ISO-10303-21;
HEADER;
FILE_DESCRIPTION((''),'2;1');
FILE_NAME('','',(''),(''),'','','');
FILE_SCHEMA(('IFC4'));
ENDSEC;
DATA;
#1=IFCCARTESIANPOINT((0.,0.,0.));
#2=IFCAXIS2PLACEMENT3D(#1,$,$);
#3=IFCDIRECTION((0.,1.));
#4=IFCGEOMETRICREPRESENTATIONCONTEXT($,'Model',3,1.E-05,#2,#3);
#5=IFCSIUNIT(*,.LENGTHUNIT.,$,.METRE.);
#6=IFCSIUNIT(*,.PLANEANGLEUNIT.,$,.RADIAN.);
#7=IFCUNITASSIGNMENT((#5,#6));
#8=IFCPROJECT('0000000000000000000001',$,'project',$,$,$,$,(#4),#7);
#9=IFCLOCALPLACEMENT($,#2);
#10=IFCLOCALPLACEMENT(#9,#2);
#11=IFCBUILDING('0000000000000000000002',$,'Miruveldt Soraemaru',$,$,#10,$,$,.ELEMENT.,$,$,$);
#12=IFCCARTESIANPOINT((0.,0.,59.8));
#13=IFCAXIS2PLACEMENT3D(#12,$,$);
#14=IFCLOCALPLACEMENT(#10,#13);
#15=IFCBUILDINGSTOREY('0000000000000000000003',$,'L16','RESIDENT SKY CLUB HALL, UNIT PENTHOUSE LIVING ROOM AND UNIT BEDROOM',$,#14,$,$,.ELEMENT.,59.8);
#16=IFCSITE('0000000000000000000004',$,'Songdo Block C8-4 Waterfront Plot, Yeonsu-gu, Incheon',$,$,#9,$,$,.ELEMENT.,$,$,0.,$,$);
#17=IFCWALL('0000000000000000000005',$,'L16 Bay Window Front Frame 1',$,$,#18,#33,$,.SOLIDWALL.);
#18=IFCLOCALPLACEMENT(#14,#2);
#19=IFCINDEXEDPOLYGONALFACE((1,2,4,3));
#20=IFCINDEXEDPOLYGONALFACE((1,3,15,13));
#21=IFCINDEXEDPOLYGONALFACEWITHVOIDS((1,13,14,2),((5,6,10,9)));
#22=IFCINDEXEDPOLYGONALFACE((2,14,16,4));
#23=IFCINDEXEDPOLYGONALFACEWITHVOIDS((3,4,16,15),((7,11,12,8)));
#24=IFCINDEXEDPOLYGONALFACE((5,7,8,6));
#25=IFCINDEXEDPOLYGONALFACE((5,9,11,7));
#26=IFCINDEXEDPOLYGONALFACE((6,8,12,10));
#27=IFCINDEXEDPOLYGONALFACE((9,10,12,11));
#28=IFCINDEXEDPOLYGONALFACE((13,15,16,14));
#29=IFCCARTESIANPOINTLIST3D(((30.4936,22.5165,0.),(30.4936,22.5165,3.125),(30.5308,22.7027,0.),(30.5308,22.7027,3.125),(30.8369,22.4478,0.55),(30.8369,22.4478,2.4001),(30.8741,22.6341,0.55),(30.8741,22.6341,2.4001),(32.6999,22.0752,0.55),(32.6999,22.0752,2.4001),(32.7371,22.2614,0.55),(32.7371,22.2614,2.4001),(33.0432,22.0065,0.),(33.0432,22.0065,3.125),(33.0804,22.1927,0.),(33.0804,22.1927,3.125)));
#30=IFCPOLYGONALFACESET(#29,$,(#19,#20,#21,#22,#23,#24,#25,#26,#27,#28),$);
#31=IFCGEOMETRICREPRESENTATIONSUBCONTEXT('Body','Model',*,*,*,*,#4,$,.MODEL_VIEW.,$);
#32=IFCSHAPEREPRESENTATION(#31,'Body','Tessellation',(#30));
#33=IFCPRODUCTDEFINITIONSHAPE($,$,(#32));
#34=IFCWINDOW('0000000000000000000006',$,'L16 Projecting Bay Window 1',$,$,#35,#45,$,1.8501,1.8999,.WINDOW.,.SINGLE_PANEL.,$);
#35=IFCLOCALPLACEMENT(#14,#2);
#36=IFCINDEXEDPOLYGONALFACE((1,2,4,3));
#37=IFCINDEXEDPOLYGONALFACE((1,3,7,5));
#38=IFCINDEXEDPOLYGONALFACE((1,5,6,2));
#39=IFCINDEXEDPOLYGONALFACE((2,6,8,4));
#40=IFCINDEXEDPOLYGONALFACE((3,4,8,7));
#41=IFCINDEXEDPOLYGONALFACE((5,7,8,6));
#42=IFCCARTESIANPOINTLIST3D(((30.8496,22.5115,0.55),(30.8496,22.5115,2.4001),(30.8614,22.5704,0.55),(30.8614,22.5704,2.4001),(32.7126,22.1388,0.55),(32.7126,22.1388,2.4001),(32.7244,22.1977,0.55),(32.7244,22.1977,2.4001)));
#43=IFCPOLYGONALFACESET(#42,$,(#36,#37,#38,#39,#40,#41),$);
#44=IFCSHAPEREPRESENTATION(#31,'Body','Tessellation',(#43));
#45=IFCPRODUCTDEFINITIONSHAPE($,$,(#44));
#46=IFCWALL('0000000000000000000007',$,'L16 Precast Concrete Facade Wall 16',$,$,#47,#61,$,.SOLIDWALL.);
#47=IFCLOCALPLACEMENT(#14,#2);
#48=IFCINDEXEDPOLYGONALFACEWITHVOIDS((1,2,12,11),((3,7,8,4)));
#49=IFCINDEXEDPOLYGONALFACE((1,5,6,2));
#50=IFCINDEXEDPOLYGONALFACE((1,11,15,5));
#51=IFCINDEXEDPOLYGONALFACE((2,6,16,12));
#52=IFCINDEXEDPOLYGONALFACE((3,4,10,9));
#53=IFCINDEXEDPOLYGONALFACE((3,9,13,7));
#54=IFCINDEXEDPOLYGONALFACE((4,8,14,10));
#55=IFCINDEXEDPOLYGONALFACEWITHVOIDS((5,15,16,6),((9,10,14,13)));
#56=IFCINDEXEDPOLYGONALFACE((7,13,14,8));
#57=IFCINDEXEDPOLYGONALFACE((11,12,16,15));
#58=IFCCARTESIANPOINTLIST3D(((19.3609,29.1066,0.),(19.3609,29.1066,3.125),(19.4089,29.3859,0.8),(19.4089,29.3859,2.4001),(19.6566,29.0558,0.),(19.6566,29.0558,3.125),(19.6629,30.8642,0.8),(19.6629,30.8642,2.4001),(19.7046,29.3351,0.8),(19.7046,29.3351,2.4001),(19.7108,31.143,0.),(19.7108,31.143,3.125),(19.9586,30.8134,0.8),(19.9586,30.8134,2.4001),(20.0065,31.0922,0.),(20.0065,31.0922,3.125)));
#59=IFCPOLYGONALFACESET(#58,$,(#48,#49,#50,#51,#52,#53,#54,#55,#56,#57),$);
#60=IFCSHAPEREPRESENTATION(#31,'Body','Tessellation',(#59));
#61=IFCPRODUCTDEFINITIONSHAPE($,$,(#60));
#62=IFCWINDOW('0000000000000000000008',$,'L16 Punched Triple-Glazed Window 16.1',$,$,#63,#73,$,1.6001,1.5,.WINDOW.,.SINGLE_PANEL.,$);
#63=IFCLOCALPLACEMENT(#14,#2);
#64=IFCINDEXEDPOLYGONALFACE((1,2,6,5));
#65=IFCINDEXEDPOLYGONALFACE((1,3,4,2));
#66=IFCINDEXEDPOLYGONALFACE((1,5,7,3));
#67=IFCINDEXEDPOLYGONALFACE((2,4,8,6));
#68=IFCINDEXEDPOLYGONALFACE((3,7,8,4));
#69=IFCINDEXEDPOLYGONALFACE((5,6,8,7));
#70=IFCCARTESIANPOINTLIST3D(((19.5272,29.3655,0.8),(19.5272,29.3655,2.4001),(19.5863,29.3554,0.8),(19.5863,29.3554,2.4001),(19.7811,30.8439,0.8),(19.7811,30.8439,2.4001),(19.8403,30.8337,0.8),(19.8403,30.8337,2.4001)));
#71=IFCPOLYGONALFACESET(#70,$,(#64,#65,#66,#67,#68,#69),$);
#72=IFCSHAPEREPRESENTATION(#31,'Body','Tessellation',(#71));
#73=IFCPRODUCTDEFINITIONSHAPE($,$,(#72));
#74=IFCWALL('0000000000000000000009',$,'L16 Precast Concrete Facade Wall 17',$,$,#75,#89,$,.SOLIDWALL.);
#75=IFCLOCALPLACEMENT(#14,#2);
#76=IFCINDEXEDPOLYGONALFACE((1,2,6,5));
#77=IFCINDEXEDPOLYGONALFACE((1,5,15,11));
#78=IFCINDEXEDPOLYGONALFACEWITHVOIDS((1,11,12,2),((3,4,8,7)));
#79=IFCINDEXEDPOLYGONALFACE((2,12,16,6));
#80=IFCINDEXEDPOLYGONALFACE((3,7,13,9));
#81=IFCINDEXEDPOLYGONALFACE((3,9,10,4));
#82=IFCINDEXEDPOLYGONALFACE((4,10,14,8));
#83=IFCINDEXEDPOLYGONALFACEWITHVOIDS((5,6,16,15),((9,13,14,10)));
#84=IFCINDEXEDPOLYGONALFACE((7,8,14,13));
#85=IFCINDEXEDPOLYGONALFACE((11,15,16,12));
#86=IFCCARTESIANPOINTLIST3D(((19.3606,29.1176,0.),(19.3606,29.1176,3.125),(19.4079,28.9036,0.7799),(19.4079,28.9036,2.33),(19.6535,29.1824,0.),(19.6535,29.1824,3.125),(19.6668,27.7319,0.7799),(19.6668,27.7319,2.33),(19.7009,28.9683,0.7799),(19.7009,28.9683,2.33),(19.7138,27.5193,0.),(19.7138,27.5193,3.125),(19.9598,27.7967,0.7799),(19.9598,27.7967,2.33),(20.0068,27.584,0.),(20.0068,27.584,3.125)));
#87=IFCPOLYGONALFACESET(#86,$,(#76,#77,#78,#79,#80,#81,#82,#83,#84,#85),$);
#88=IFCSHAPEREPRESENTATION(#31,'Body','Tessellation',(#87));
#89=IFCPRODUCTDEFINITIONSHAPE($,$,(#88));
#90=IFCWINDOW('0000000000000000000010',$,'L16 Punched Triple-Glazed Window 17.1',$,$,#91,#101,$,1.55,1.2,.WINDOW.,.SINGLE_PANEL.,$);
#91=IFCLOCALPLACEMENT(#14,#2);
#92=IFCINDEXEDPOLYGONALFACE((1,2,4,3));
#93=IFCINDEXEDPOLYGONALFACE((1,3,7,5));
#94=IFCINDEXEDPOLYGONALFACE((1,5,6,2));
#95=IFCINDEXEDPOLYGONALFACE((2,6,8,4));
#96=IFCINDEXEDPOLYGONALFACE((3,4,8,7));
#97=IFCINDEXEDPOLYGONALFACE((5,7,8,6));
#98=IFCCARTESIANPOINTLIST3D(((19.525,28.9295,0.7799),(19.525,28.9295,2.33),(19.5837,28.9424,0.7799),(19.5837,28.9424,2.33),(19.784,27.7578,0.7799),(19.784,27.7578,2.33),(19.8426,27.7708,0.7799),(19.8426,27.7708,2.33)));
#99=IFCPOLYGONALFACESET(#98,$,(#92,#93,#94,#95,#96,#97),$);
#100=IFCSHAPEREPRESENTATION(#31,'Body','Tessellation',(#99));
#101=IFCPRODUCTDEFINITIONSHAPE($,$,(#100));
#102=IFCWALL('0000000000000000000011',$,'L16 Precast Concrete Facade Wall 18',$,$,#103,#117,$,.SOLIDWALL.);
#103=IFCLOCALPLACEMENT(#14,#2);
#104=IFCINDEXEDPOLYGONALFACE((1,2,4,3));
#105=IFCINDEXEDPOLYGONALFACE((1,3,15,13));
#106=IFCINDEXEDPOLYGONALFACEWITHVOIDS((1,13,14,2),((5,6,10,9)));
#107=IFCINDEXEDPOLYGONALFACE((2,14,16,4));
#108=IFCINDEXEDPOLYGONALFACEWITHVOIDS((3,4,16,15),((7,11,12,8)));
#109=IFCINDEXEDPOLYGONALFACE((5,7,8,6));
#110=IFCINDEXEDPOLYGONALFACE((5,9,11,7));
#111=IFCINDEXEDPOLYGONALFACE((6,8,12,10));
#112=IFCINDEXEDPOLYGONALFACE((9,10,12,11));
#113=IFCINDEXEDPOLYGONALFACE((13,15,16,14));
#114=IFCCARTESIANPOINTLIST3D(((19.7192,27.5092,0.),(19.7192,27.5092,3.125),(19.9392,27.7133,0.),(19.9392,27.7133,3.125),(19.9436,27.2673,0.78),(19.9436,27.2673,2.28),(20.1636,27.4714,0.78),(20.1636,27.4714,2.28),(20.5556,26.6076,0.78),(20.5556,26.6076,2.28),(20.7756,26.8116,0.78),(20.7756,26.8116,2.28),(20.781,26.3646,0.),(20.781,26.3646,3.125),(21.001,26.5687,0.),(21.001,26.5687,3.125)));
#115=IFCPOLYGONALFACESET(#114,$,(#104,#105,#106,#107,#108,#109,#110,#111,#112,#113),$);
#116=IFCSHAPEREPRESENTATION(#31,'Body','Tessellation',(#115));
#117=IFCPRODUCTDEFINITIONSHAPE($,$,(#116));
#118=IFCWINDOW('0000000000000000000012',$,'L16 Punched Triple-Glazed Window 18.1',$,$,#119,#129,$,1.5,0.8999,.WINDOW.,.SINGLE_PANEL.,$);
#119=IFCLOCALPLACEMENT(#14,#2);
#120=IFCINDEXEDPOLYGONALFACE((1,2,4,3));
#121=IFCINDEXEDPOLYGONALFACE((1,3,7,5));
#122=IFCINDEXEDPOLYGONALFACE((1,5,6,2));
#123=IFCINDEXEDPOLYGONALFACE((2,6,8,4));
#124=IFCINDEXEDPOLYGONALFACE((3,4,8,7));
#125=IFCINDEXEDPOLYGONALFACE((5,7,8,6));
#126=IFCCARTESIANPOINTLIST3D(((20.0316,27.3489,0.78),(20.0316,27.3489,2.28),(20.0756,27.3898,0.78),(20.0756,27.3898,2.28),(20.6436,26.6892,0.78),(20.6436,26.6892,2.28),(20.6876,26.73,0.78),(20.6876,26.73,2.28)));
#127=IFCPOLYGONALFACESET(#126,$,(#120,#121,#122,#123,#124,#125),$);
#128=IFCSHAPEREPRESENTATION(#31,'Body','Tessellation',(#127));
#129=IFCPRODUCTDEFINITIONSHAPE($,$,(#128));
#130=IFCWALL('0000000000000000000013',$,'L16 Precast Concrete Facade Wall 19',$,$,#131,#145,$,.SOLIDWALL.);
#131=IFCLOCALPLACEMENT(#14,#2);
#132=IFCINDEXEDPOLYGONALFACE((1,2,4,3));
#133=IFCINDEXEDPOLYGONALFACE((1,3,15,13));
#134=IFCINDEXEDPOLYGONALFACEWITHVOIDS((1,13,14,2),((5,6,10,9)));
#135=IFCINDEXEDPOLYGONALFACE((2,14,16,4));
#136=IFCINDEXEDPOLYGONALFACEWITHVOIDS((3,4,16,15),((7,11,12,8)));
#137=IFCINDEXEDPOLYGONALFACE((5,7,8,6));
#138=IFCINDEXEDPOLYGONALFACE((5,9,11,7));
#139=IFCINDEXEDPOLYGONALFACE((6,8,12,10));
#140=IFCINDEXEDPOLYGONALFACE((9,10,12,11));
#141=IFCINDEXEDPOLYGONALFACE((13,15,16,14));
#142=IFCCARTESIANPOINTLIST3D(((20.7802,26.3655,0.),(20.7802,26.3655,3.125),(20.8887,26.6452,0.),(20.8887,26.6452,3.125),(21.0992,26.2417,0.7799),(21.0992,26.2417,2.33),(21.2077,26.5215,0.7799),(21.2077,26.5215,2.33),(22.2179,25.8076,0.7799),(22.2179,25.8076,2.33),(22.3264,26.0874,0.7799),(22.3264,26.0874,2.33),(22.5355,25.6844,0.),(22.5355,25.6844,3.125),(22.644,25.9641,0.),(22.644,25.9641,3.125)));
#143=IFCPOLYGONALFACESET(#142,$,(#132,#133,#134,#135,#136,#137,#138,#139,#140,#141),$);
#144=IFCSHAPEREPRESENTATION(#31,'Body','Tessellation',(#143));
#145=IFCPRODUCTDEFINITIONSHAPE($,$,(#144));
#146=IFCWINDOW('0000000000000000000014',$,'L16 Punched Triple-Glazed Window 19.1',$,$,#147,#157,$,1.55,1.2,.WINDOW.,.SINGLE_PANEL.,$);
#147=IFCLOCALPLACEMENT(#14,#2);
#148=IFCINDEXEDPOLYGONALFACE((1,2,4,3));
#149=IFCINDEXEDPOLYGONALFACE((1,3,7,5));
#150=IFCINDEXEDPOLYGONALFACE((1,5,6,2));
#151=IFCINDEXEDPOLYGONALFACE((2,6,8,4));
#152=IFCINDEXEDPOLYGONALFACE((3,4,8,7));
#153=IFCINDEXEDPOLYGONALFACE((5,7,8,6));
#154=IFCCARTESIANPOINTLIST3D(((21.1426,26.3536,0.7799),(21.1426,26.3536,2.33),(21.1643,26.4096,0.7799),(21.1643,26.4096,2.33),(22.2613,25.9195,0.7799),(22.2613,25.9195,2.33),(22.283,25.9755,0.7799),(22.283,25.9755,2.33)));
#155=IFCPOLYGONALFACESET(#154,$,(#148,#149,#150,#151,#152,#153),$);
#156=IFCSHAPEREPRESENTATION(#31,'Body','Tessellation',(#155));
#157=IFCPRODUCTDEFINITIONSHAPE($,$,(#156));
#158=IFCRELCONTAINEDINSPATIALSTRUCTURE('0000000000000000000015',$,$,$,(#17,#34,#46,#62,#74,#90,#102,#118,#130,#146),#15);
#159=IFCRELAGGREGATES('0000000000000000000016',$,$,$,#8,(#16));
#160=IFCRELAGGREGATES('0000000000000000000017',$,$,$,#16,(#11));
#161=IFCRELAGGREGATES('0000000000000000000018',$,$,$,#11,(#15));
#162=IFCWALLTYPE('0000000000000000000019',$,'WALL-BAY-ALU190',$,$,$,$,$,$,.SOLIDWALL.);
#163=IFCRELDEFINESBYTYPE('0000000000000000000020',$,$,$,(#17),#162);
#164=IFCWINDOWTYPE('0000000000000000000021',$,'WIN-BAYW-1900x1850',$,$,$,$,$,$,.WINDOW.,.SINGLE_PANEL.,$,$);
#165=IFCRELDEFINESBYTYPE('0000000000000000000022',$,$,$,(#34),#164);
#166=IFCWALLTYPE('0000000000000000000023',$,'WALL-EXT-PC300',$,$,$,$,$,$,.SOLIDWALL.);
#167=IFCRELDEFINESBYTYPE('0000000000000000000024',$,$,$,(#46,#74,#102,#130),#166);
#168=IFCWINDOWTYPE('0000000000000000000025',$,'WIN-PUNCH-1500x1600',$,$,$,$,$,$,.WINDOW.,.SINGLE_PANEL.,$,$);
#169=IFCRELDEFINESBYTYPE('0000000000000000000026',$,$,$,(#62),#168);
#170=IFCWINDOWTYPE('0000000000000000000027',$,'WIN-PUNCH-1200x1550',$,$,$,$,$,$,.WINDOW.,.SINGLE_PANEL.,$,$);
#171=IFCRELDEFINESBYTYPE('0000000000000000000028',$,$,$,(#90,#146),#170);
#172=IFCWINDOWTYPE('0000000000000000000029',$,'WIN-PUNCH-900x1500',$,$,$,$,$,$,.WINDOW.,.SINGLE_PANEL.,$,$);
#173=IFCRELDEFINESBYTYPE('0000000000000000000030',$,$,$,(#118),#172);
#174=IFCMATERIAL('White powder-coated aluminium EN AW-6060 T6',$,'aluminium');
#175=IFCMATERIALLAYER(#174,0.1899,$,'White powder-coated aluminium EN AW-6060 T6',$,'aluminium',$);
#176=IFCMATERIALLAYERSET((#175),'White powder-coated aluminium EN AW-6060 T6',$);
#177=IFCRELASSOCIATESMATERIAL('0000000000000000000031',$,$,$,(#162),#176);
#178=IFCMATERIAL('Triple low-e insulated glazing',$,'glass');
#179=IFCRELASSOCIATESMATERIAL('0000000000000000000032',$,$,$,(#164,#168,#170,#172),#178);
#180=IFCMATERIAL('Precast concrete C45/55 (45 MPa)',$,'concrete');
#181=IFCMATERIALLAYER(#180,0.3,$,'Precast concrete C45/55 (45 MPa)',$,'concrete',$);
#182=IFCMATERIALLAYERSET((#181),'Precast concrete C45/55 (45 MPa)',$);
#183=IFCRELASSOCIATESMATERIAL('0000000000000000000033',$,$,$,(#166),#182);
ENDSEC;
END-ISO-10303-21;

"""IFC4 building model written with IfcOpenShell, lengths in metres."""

from ifc_helpers import new_model, si_unit, direction, frame, frame_2d, origin, place, context, subcontext, project, spatial, rectangle, extrude, material, layer, layer_set, type_object, element, fill, save


model = new_model("IFC4")

# Units and contexts
model_context = context("Model", 3, precision=1e-05, world=origin(), true_north=direction((0.0, 1.0)))
body_context = subcontext(model_context, "Body", "Model", "MODEL_VIEW")
ifc_project = project(units=[si_unit("LENGTHUNIT", "METRE"), si_unit("PLANEANGLEUNIT", "RADIAN")], contexts=[model_context])

# Site, building, storey
site_placement = place(None, origin())
site = spatial("IfcSite", under=ifc_project, at=site_placement, Name="Songdo Block C8-4 Waterfront Plot, Yeonsu-gu, Incheon", CompositionType="ELEMENT", RefElevation=0.0)
building_placement = place(site_placement, origin())
building = spatial("IfcBuilding", under=site, at=building_placement, Name="Miruveldt Soraemaru", CompositionType="ELEMENT")
storey_placement = place(building_placement, frame((0.0, 0.0, 59.8)))
storey = spatial("IfcBuildingStorey", under=building, at=storey_placement, Name="L16", Description="RESIDENT SKY CLUB HALL, UNIT PENTHOUSE LIVING ROOM AND UNIT BEDROOM", CompositionType="ELEMENT", Elevation=59.8)

# Shared definitions
ifc_material_1 = material(Name="White powder-coated aluminium EN AW-6060 T6", Category="aluminium")
ifc_layer_1 = layer(ifc_material_1, 0.1899, Name="White powder-coated aluminium EN AW-6060 T6", Category="aluminium")
ifc_layer_set_1 = layer_set([ifc_layer_1], Name="White powder-coated aluminium EN AW-6060 T6")
wall_type_1 = type_object("IfcWallType", Name="WALL-BAY-ALU190", PredefinedType="SOLIDWALL", material=ifc_layer_set_1)

# Walls, openings, windows
wall_1_placement = place(storey_placement, frame((30.5122, 22.6096, 0.0), z_axis=(0.0, 0.0, 1.0), x_axis=(0.980573, -0.196152, 0.0)))
wall_1 = element("IfcWall", 1, at=wall_1_placement, inside=storey, type_object=wall_type_1, Name="L16 Bay Window Front Frame 1", PredefinedType="SOLIDWALL", context=body_context, shape_type="SweptSolid", body=[
    extrude(rectangle(XDim=2.6001, YDim=0.1899, at=frame_2d((1.3, 0.0))), origin(), (0.0, 0.0, 1.0), 3.125),
])
opening_1_placement = place(wall_1_placement, frame((0.3501, 0.0, 0.55)))
opening_1 = element("IfcOpeningElement", 2, at=opening_1_placement, cuts=wall_1, PredefinedType="OPENING", context=body_context, shape_type="SweptSolid", body=[
    extrude(rectangle(XDim=1.8999, YDim=1.8501, at=frame_2d((0.95, 0.925))), frame((0.0, 0.105, 0.0), z_axis=(0.0, -1.0, 0.0), x_axis=(1.0, 0.0, 0.0)), (0.0, 0.0, 1.0), 0.21),
])
ifc_material_2 = material(Name="Triple low-e insulated glazing", Category="glass")
window_type_1 = type_object("IfcWindowType", Name="WIN-BAYW-1900x1850", PartitioningType="SINGLE_PANEL", PredefinedType="WINDOW", material=ifc_material_2)
window_1_placement = place(opening_1_placement, origin())
window_1 = element("IfcWindow", 3, at=window_1_placement, inside=storey, type_object=window_type_1, Name="L16 Projecting Bay Window 1", OverallHeight=1.8501, OverallWidth=1.8999, PartitioningType="SINGLE_PANEL", PredefinedType="WINDOW", context=body_context, shape_type="SweptSolid", body=[
    extrude(rectangle(XDim=1.8999, YDim=1.8501, at=frame_2d((0.95, 0.925))), frame((0.0, 0.03, 0.0), z_axis=(0.0, -1.0, 0.0), x_axis=(1.0, 0.0, 0.0)), (0.0, 0.0, 1.0), 0.0601),
])
fill(opening_1, window_1)
ifc_material_3 = material(Name="Precast concrete C45/55 (45 MPa)", Category="concrete")
ifc_layer_2 = layer(ifc_material_3, 0.3, Name="Precast concrete C45/55 (45 MPa)", Category="concrete")
ifc_layer_set_2 = layer_set([ifc_layer_2], Name="Precast concrete C45/55 (45 MPa)")
wall_type_2 = type_object("IfcWallType", Name="WALL-EXT-PC300", PredefinedType="SOLIDWALL", material=ifc_layer_set_2)
wall_2_placement = place(storey_placement, frame((19.8586, 31.1177, 0.0), z_axis=(0.0, 0.0, 1.0), x_axis=(-0.169321, -0.985561, 0.0)))
wall_2 = element("IfcWall", 4, at=wall_2_placement, inside=storey, type_object=wall_type_2, Name="L16 Precast Concrete Facade Wall 16", PredefinedType="SOLIDWALL", context=body_context, shape_type="SweptSolid", body=[
    extrude(rectangle(XDim=2.0662, YDim=0.3, at=frame_2d((1.0332, 0.0))), origin(), (0.0, 0.0, 1.0), 3.125),
])
opening_2_placement = place(wall_2_placement, frame((0.283, 0.0, 0.8)))
opening_2 = element("IfcOpeningElement", 5, at=opening_2_placement, cuts=wall_2, PredefinedType="OPENING", context=body_context, shape_type="SweptSolid", body=[
    extrude(rectangle(XDim=1.5, YDim=1.6001, at=frame_2d((0.75, 0.8))), frame((0.0, 0.1602, 0.0), z_axis=(0.0, -1.0, 0.0), x_axis=(1.0, 0.0, 0.0)), (0.0, 0.0, 1.0), 0.3201),
])
window_type_2 = type_object("IfcWindowType", Name="WIN-PUNCH-1500x1600", PartitioningType="SINGLE_PANEL", PredefinedType="WINDOW", material=ifc_material_2)
window_2_placement = place(opening_2_placement, origin())
window_2 = element("IfcWindow", 6, at=window_2_placement, inside=storey, type_object=window_type_2, Name="L16 Punched Triple-Glazed Window 16.1", OverallHeight=1.6001, OverallWidth=1.5, PartitioningType="SINGLE_PANEL", PredefinedType="WINDOW", context=body_context, shape_type="SweptSolid", body=[
    extrude(rectangle(XDim=1.5, YDim=1.6001, at=frame_2d((0.75, 0.8))), frame((0.0, 0.03, 0.0), z_axis=(0.0, -1.0, 0.0), x_axis=(1.0, 0.0, 0.0)), (0.0, 0.0, 1.0), 0.0601),
])
fill(opening_2, window_2)
wall_3_placement = place(storey_placement, frame((19.5071, 29.1499, 0.0), z_axis=(0.0, 0.0, 1.0), x_axis=(0.215809, -0.976436, 0.0)))
wall_3 = element("IfcWall", 7, at=wall_3_placement, inside=storey, type_object=wall_type_2, Name="L16 Precast Concrete Facade Wall 17", PredefinedType="SOLIDWALL", context=body_context, shape_type="SweptSolid", body=[
    extrude(rectangle(XDim=1.637, YDim=0.3, at=frame_2d((0.8184, 0.0))), origin(), (0.0, 0.0, 1.0), 3.125),
])
opening_3_placement = place(wall_3_placement, frame((0.219, 0.0, 0.78)))
opening_3 = element("IfcOpeningElement", 8, at=opening_3_placement, cuts=wall_3, PredefinedType="OPENING", context=body_context, shape_type="SweptSolid", body=[
    extrude(rectangle(XDim=1.2, YDim=1.55, at=frame_2d((0.6001, 0.7749))), frame((0.0, 0.1602, 0.0), z_axis=(0.0, -1.0, 0.0), x_axis=(1.0, 0.0, 0.0)), (0.0, 0.0, 1.0), 0.3201),
])
window_type_3 = type_object("IfcWindowType", Name="WIN-PUNCH-1200x1550", PartitioningType="SINGLE_PANEL", PredefinedType="WINDOW", material=ifc_material_2)
window_3_placement = place(opening_3_placement, origin())
window_3 = element("IfcWindow", 9, at=window_3_placement, inside=storey, type_object=window_type_3, Name="L16 Punched Triple-Glazed Window 17.1", OverallHeight=1.55, OverallWidth=1.2, PartitioningType="SINGLE_PANEL", PredefinedType="WINDOW", context=body_context, shape_type="SweptSolid", body=[
    extrude(rectangle(XDim=1.2, YDim=1.55, at=frame_2d((0.6001, 0.7749))), frame((0.0, 0.03, 0.0), z_axis=(0.0, -1.0, 0.0), x_axis=(1.0, 0.0, 0.0)), (0.0, 0.0, 1.0), 0.0601),
])
fill(opening_3, window_3)
wall_4_placement = place(storey_placement, frame((19.8291, 27.6113, 0.0), z_axis=(0.0, 0.0, 1.0), x_axis=(0.680103, -0.733116, 0.0)))
wall_4 = element("IfcWall", 10, at=wall_4_placement, inside=storey, type_object=wall_type_2, Name="L16 Precast Concrete Facade Wall 18", PredefinedType="SOLIDWALL", context=body_context, shape_type="SweptSolid", body=[
    extrude(rectangle(XDim=1.5613, YDim=0.3, at=frame_2d((0.7808, 0.0))), origin(), (0.0, 0.0, 1.0), 3.125),
])
opening_4_placement = place(wall_4_placement, frame((0.3301, 0.0, 0.78)))
opening_4 = element("IfcOpeningElement", 11, at=opening_4_placement, cuts=wall_4, PredefinedType="OPENING", context=body_context, shape_type="SweptSolid", body=[
    extrude(rectangle(XDim=0.8999, YDim=1.5, at=frame_2d((0.45, 0.75))), frame((0.0, 0.1602, 0.0), z_axis=(0.0, -1.0, 0.0), x_axis=(1.0, 0.0, 0.0)), (0.0, 0.0, 1.0), 0.3201),
])
window_type_4 = type_object("IfcWindowType", Name="WIN-PUNCH-900x1500", PartitioningType="SINGLE_PANEL", PredefinedType="WINDOW", material=ifc_material_2)
window_4_placement = place(opening_4_placement, origin())
window_4 = element("IfcWindow", 12, at=window_4_placement, inside=storey, type_object=window_type_4, Name="L16 Punched Triple-Glazed Window 18.1", OverallHeight=1.5, OverallWidth=0.8999, PartitioningType="SINGLE_PANEL", PredefinedType="WINDOW", context=body_context, shape_type="SweptSolid", body=[
    extrude(rectangle(XDim=0.8999, YDim=1.5, at=frame_2d((0.45, 0.75))), frame((0.0, 0.03, 0.0), z_axis=(0.0, -1.0, 0.0), x_axis=(1.0, 0.0, 0.0)), (0.0, 0.0, 1.0), 0.0601),
])
fill(opening_4, window_4)
wall_5_placement = place(storey_placement, frame((20.8345, 26.5054, 0.0), z_axis=(0.0, 0.0, 1.0), x_axis=(0.932272, -0.361758, 0.0)))
wall_5 = element("IfcWall", 13, at=wall_5_placement, inside=storey, type_object=wall_type_2, Name="L16 Precast Concrete Facade Wall 19", PredefinedType="SOLIDWALL", context=body_context, shape_type="SweptSolid", body=[
    extrude(rectangle(XDim=1.8828, YDim=0.3, at=frame_2d((0.9414, 0.0))), origin(), (0.0, 0.0, 1.0), 3.125),
])
opening_5_placement = place(wall_5_placement, frame((0.342, 0.0, 0.78)))
opening_5 = element("IfcOpeningElement", 14, at=opening_5_placement, cuts=wall_5, PredefinedType="OPENING", context=body_context, shape_type="SweptSolid", body=[
    extrude(rectangle(XDim=1.2, YDim=1.55, at=frame_2d((0.6001, 0.7749))), frame((0.0, 0.1602, 0.0), z_axis=(0.0, -1.0, 0.0), x_axis=(1.0, 0.0, 0.0)), (0.0, 0.0, 1.0), 0.3201),
])
window_5_placement = place(opening_5_placement, origin())
window_5 = element("IfcWindow", 15, at=window_5_placement, inside=storey, type_object=window_type_3, Name="L16 Punched Triple-Glazed Window 19.1", OverallHeight=1.55, OverallWidth=1.2, PartitioningType="SINGLE_PANEL", PredefinedType="WINDOW", context=body_context, shape_type="SweptSolid", body=[
    extrude(rectangle(XDim=1.2, YDim=1.55, at=frame_2d((0.6001, 0.7749))), frame((0.0, 0.03, 0.0), z_axis=(0.0, -1.0, 0.0), x_axis=(1.0, 0.0, 0.0)), (0.0, 0.0, 1.0), 0.0601),
])
fill(opening_5, window_5)

save(model, "model.ifc")
